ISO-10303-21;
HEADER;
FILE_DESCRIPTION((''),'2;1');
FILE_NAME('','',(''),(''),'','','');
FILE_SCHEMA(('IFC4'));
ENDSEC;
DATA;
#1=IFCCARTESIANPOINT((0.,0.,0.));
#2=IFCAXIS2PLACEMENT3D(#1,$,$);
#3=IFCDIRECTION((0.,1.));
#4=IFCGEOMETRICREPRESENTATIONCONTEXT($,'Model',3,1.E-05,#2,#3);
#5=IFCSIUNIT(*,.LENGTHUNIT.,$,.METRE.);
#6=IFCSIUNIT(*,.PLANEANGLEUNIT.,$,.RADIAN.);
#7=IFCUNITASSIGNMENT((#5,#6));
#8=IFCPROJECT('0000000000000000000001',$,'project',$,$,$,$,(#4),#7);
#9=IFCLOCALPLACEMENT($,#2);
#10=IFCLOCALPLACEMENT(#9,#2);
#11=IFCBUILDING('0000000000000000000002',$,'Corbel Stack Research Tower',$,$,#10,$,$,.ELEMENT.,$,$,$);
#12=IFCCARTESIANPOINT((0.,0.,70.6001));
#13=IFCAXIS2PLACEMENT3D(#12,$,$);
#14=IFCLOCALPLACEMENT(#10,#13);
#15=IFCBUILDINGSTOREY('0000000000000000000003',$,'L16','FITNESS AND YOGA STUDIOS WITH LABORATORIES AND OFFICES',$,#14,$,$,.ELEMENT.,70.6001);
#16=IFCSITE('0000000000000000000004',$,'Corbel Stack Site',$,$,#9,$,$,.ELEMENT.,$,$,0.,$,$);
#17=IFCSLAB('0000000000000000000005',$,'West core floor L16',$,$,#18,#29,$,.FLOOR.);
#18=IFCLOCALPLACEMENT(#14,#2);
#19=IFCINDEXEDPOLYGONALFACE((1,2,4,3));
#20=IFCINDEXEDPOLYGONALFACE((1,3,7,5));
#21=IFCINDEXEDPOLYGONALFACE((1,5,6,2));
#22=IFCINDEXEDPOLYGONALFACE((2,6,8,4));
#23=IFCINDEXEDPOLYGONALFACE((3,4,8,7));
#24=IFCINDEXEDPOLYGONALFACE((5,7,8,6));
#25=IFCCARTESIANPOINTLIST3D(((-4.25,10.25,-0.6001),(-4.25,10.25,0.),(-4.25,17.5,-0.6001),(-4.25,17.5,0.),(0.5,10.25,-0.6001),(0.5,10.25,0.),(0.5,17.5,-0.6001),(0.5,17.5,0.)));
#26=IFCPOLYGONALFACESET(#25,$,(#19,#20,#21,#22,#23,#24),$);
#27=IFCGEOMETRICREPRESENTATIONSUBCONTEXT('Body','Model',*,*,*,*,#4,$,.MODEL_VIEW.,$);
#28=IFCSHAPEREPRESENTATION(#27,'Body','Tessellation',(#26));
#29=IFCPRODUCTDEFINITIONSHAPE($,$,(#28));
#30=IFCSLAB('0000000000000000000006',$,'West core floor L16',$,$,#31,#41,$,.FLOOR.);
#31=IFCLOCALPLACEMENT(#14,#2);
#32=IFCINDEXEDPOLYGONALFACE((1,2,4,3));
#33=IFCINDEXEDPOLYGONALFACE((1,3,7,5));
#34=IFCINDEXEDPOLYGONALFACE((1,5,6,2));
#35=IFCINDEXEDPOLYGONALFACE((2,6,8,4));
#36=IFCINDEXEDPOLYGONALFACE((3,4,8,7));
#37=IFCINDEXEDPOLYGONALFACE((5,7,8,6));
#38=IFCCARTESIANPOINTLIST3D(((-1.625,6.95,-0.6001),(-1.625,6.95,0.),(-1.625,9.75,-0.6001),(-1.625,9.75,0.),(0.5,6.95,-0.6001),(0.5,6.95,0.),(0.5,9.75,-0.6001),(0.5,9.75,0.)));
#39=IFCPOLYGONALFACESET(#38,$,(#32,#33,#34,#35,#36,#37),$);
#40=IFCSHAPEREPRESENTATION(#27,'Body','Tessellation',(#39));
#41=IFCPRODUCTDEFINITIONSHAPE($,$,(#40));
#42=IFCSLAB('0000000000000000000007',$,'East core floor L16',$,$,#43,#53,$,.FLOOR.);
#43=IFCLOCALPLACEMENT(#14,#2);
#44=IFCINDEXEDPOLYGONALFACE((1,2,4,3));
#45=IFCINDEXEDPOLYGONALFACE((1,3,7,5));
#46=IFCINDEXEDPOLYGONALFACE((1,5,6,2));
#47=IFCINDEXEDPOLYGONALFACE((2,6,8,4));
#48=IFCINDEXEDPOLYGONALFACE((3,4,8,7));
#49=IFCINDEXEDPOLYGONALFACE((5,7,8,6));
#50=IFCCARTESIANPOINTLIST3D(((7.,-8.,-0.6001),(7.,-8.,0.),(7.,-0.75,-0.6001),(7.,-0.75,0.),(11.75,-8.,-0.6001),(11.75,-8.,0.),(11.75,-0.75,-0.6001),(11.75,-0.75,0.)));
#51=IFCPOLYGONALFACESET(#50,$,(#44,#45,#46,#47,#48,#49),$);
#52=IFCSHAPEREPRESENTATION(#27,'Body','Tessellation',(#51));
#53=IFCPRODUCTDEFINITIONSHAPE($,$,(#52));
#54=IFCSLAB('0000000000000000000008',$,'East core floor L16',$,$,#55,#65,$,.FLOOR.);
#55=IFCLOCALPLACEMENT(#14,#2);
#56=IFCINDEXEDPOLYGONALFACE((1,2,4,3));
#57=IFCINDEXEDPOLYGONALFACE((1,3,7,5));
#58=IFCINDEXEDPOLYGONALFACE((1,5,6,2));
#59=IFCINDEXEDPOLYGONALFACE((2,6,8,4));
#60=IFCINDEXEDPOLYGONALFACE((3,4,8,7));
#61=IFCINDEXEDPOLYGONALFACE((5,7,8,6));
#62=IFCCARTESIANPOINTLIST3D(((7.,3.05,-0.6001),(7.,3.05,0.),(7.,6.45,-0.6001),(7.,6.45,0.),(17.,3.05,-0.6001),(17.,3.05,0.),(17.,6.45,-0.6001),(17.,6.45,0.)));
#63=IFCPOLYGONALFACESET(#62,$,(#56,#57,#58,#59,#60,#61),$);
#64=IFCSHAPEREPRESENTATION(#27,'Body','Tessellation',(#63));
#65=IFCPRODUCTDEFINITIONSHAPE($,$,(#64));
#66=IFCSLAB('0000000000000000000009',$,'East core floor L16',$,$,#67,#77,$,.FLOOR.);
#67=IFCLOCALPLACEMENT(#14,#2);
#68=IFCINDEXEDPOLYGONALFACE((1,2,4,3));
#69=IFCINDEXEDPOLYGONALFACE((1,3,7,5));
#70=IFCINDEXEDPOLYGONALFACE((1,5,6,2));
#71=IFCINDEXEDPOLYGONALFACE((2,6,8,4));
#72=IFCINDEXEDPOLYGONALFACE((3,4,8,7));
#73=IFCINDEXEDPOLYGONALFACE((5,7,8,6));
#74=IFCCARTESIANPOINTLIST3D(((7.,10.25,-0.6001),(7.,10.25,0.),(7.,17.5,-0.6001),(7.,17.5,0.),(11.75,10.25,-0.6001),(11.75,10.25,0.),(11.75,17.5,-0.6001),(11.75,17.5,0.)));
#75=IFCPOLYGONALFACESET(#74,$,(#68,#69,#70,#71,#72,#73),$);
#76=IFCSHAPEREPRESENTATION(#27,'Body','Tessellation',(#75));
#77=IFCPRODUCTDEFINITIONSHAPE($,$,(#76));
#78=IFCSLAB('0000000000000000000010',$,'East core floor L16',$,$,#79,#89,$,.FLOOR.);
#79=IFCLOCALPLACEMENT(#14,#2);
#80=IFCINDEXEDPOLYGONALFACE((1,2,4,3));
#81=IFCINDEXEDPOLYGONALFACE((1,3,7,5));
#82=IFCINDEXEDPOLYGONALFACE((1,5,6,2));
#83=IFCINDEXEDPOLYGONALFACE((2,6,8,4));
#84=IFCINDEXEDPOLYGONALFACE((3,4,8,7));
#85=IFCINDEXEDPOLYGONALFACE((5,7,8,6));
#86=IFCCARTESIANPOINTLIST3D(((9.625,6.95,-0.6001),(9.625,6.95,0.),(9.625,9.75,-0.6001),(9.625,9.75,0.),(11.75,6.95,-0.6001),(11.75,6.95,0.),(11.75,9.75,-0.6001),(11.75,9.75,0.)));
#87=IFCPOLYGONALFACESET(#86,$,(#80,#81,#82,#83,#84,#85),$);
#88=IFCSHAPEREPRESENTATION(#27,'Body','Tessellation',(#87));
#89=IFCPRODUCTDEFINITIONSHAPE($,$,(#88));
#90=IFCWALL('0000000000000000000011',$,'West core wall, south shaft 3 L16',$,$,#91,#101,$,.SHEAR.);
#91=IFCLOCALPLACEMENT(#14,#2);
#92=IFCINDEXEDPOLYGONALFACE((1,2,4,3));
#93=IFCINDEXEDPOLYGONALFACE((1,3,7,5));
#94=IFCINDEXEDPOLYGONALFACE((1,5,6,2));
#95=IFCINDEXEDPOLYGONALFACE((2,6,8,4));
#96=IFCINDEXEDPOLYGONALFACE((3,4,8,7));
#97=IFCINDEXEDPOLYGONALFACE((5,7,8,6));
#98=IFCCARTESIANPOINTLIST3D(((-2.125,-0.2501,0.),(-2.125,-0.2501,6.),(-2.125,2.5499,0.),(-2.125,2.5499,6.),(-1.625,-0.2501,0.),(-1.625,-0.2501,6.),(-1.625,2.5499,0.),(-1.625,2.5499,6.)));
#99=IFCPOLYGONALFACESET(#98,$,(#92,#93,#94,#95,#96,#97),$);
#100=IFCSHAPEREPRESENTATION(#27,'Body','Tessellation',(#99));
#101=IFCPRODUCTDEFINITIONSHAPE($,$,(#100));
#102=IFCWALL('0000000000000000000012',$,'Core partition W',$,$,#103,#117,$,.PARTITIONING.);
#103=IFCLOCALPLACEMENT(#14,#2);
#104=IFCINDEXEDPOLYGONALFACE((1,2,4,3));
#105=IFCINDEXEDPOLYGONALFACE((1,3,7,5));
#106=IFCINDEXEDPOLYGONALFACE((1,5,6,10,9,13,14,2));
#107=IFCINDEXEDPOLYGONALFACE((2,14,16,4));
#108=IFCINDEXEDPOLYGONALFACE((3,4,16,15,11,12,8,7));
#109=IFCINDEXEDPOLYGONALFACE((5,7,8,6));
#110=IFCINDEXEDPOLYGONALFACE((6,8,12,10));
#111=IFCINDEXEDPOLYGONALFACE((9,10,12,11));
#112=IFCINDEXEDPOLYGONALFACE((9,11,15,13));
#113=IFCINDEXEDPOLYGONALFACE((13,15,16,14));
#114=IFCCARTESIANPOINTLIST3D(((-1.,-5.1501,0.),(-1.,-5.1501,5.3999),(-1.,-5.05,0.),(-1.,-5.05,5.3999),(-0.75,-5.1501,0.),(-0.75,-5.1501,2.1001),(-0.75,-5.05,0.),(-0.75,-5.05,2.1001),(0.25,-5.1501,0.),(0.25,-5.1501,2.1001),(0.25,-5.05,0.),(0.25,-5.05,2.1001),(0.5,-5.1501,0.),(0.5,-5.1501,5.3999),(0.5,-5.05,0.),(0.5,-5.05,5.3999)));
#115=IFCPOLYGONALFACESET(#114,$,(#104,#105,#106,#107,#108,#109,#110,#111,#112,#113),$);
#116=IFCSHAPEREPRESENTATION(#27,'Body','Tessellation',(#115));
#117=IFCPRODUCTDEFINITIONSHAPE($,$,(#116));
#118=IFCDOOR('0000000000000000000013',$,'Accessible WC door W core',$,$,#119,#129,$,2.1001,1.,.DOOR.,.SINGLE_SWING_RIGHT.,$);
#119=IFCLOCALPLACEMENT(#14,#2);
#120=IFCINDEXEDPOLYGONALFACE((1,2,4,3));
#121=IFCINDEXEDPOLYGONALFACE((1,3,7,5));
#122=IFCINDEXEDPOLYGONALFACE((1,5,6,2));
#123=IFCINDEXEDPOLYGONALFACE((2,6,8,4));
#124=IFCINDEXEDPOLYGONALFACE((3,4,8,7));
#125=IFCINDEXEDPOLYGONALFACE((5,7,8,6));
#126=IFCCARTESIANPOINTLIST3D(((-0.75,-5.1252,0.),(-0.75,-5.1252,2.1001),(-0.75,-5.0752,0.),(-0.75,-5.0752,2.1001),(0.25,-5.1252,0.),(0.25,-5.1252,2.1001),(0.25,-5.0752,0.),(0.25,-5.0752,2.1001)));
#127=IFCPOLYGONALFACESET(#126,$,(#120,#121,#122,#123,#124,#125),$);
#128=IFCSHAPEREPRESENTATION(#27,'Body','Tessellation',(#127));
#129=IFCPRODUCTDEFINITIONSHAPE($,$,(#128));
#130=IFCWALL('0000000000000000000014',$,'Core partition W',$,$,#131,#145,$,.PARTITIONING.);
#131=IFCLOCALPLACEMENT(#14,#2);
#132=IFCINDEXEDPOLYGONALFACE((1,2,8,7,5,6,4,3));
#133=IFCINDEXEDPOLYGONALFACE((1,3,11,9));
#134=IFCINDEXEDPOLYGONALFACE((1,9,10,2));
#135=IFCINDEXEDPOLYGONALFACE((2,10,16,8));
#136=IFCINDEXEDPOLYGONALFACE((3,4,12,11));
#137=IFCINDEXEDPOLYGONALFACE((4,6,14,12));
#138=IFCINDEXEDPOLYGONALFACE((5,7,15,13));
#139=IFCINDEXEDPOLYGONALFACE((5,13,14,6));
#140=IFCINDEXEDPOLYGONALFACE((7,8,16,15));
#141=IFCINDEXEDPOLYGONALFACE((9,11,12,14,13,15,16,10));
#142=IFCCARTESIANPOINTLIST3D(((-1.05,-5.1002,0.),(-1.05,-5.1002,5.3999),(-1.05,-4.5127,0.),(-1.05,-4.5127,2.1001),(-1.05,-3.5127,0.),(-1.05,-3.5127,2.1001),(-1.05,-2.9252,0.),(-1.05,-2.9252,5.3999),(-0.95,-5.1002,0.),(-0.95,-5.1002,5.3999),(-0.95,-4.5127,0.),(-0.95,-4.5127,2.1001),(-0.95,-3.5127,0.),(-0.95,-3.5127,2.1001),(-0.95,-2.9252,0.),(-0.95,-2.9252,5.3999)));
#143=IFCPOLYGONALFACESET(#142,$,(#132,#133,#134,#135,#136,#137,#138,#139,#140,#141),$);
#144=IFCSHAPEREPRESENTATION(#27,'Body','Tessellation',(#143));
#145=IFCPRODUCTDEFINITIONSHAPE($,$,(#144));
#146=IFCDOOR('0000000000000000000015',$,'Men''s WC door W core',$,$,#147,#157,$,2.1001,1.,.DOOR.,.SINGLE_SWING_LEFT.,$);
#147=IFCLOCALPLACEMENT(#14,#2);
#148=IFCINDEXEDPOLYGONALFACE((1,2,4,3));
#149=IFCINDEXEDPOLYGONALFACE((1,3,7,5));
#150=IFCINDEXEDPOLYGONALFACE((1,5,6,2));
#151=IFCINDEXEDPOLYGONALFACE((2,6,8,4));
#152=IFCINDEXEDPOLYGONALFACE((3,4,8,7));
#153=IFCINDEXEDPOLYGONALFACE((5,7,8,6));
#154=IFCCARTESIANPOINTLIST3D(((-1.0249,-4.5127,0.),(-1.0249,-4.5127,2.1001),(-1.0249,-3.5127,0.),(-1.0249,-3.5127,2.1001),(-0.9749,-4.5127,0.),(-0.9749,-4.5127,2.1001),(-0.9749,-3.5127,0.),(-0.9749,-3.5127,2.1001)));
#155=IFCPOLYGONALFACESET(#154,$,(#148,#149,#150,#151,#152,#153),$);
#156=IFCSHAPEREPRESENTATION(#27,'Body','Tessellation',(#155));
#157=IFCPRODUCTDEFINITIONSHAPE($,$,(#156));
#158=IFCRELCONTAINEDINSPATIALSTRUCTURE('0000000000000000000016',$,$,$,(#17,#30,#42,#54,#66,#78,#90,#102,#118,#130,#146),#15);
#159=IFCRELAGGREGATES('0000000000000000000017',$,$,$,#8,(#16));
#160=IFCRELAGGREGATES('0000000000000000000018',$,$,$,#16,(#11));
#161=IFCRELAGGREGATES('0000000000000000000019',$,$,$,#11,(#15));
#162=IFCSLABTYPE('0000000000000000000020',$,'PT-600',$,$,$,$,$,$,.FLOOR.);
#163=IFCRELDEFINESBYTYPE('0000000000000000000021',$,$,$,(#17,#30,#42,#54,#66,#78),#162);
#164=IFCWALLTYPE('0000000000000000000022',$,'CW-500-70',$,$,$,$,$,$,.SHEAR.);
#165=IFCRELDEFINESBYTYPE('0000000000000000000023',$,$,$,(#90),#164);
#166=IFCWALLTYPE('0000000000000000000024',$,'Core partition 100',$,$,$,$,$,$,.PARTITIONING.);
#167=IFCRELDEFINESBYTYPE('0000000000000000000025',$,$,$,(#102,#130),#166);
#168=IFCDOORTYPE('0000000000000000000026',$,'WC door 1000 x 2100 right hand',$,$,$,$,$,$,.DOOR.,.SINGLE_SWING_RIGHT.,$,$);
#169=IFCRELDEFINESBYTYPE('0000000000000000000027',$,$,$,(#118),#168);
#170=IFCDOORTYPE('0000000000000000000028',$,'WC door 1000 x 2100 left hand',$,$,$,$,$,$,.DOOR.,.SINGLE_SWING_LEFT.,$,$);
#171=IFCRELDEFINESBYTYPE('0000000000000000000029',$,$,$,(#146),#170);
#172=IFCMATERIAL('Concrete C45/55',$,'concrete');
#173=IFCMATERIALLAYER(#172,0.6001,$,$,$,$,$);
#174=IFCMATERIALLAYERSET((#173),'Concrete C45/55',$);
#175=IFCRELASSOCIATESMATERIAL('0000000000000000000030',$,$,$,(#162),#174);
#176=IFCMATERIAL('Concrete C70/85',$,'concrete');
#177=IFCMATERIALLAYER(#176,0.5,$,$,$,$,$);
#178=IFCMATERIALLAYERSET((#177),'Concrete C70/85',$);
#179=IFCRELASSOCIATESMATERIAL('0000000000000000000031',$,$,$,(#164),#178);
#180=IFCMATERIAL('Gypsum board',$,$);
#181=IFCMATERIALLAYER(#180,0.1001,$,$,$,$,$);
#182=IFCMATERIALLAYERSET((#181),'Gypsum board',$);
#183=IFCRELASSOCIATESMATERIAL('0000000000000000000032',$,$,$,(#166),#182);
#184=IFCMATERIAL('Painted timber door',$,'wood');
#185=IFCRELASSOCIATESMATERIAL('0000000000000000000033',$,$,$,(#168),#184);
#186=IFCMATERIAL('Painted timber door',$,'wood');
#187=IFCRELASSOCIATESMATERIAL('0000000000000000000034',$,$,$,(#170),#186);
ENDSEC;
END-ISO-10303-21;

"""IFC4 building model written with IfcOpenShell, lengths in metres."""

from ifc_helpers import new_model, si_unit, direction, frame, frame_2d, origin, place, context, subcontext, project, spatial, polyline, rectangle, outline, extrude, material, layer, layer_set, type_object, element, fill, save


model = new_model("IFC4")

# Units and contexts
model_context = context("Model", 3, precision=1e-05, world=origin(), true_north=direction((0.0, 1.0)))
body_context = subcontext(model_context, "Body", "Model", "MODEL_VIEW")
ifc_project = project(units=[si_unit("LENGTHUNIT", "METRE"), si_unit("PLANEANGLEUNIT", "RADIAN")], contexts=[model_context])

# Site, building, storey
site_placement = place(None, origin())
site = spatial("IfcSite", under=ifc_project, at=site_placement, Name="Corbel Stack Site", CompositionType="ELEMENT", RefElevation=0.0)
building_placement = place(site_placement, origin())
building = spatial("IfcBuilding", under=site, at=building_placement, Name="Corbel Stack Research Tower", CompositionType="ELEMENT")
storey_placement = place(building_placement, frame((0.0, 0.0, 70.6001)))
storey = spatial("IfcBuildingStorey", under=building, at=storey_placement, Name="L16", Description="FITNESS AND YOGA STUDIOS WITH LABORATORIES AND OFFICES", CompositionType="ELEMENT", Elevation=70.6001)

# Slabs
ifc_material_1 = material(Name="Concrete C45/55", Category="concrete")
ifc_layer_1 = layer(ifc_material_1, 0.6001)
ifc_layer_set_1 = layer_set([ifc_layer_1], Name="Concrete C45/55")
slab_type = type_object("IfcSlabType", Name="PT-600", PredefinedType="FLOOR", material=ifc_layer_set_1)
slab_1_placement = place(storey_placement, frame((0.0, 0.0, -0.6001)))
element("IfcSlab", 1, at=slab_1_placement, inside=storey, type_object=slab_type, Name="West core floor L16", PredefinedType="FLOOR", context=body_context, shape_type="SweptSolid", body=[
    extrude(outline(polyline([(-4.25, 17.5), (-4.25, 10.25), (0.5, 10.25), (0.5, 17.5), (-4.25, 17.5)])), origin(), (0.0, 0.0, 1.0), 0.6001),
])
slab_2_placement = place(storey_placement, frame((0.0, 0.0, -0.6001)))
element("IfcSlab", 2, at=slab_2_placement, inside=storey, type_object=slab_type, Name="West core floor L16", PredefinedType="FLOOR", context=body_context, shape_type="SweptSolid", body=[
    extrude(outline(polyline([(0.5, 6.95), (0.5, 9.75), (-1.625, 9.75), (-1.625, 6.95), (0.5, 6.95)])), origin(), (0.0, 0.0, 1.0), 0.6001),
])
slab_3_placement = place(storey_placement, frame((0.0, 0.0, -0.6001)))
element("IfcSlab", 3, at=slab_3_placement, inside=storey, type_object=slab_type, Name="East core floor L16", PredefinedType="FLOOR", context=body_context, shape_type="SweptSolid", body=[
    extrude(outline(polyline([(7.0, -0.75), (7.0, -8.0), (11.75, -8.0), (11.75, -0.75), (7.0, -0.75)])), origin(), (0.0, 0.0, 1.0), 0.6001),
])
slab_4_placement = place(storey_placement, frame((0.0, 0.0, -0.6001)))
element("IfcSlab", 4, at=slab_4_placement, inside=storey, type_object=slab_type, Name="East core floor L16", PredefinedType="FLOOR", context=body_context, shape_type="SweptSolid", body=[
    extrude(outline(polyline([(7.0, 6.45), (7.0, 3.05), (17.0, 3.05), (17.0, 6.45), (7.0, 6.45)])), origin(), (0.0, 0.0, 1.0), 0.6001),
])
slab_5_placement = place(storey_placement, frame((0.0, 0.0, -0.6001)))
element("IfcSlab", 5, at=slab_5_placement, inside=storey, type_object=slab_type, Name="East core floor L16", PredefinedType="FLOOR", context=body_context, shape_type="SweptSolid", body=[
    extrude(outline(polyline([(7.0, 17.5), (7.0, 10.25), (11.75, 10.25), (11.75, 17.5), (7.0, 17.5)])), origin(), (0.0, 0.0, 1.0), 0.6001),
])
slab_6_placement = place(storey_placement, frame((0.0, 0.0, -0.6001)))
element("IfcSlab", 6, at=slab_6_placement, inside=storey, type_object=slab_type, Name="East core floor L16", PredefinedType="FLOOR", context=body_context, shape_type="SweptSolid", body=[
    extrude(outline(polyline([(9.625, 6.95), (11.75, 6.95), (11.75, 9.75), (9.625, 9.75), (9.625, 6.95)])), origin(), (0.0, 0.0, 1.0), 0.6001),
])

# Wall
ifc_material_2 = material(Name="Concrete C70/85", Category="concrete")
ifc_layer_2 = layer(ifc_material_2, 0.5)
ifc_layer_set_2 = layer_set([ifc_layer_2], Name="Concrete C70/85")
wall_type_1 = type_object("IfcWallType", Name="CW-500-70", PredefinedType="SHEAR", material=ifc_layer_set_2)
wall_1_placement = place(storey_placement, frame((-1.875, -0.25, 0.0), z_axis=(0.0, 0.0, 1.0), x_axis=(0.0, 1.0, 0.0)))
element("IfcWall", 7, at=wall_1_placement, inside=storey, type_object=wall_type_1, Name="West core wall, south shaft 3 L16", PredefinedType="SHEAR", context=body_context, shape_type="SweptSolid", body=[
    extrude(rectangle(XDim=2.8, YDim=0.5, at=frame_2d((1.3999, 0.0))), origin(), (0.0, 0.0, 1.0), 6.0),
])

# Walls, openings, doors
ifc_material_3 = material(Name="Gypsum board")
ifc_layer_3 = layer(ifc_material_3, 0.1001)
ifc_layer_set_3 = layer_set([ifc_layer_3], Name="Gypsum board")
wall_type_2 = type_object("IfcWallType", Name="Core partition 100", PredefinedType="PARTITIONING", material=ifc_layer_set_3)
wall_2_placement = place(storey_placement, frame((-1.0, -5.1001, 0.0), z_axis=(0.0, 0.0, 1.0), x_axis=(1.0, 0.0, 0.0)))
wall_2 = element("IfcWall", 8, at=wall_2_placement, inside=storey, type_object=wall_type_2, Name="Core partition W", PredefinedType="PARTITIONING", context=body_context, shape_type="SweptSolid", body=[
    extrude(rectangle(XDim=1.5, YDim=0.1001, at=frame_2d((0.75, 0.0))), origin(), (0.0, 0.0, 1.0), 5.3999),
])
opening_1_placement = place(wall_2_placement, frame((0.25, 0.0, 0.0)))
opening_1 = element("IfcOpeningElement", 9, at=opening_1_placement, cuts=wall_2, PredefinedType="OPENING", context=body_context, shape_type="SweptSolid", body=[
    extrude(rectangle(XDim=1.0, YDim=2.1001, at=frame_2d((0.5, 1.05))), frame((0.0, 0.0601, 0.0), z_axis=(0.0, -1.0, 0.0), x_axis=(1.0, 0.0, 0.0)), (0.0, 0.0, 1.0), 0.1201),
])
ifc_material_4 = material(Name="Painted timber door", Category="wood")
door_type_1 = type_object("IfcDoorType", Name="WC door 1000 x 2100 right hand", OperationType="SINGLE_SWING_RIGHT", PredefinedType="DOOR", material=ifc_material_4)
door_1_placement = place(opening_1_placement, origin())
door_1 = element("IfcDoor", 10, at=door_1_placement, inside=storey, type_object=door_type_1, Name="Accessible WC door W core", OperationType="SINGLE_SWING_RIGHT", OverallHeight=2.1001, OverallWidth=1.0, PredefinedType="DOOR", context=body_context, shape_type="SweptSolid", body=[
    extrude(rectangle(XDim=1.0, YDim=2.1001, at=frame_2d((0.5, 1.05))), frame((0.0, 0.0249, 0.0), z_axis=(0.0, -1.0, 0.0), x_axis=(1.0, 0.0, 0.0)), (0.0, 0.0, 1.0), 0.05),
])
fill(opening_1, door_1)
wall_3_placement = place(storey_placement, frame((-1.0, -5.1001, 0.0), z_axis=(0.0, 0.0, 1.0), x_axis=(0.0, 1.0, 0.0)))
wall_3 = element("IfcWall", 11, at=wall_3_placement, inside=storey, type_object=wall_type_2, Name="Core partition W", PredefinedType="PARTITIONING", context=body_context, shape_type="SweptSolid", body=[
    extrude(rectangle(XDim=2.175, YDim=0.1001, at=frame_2d((1.0874, 0.0))), origin(), (0.0, 0.0, 1.0), 5.3999),
])
opening_2_placement = place(wall_3_placement, frame((0.5874, 0.0, 0.0)))
opening_2 = element("IfcOpeningElement", 12, at=opening_2_placement, cuts=wall_3, PredefinedType="OPENING", context=body_context, shape_type="SweptSolid", body=[
    extrude(rectangle(XDim=1.0, YDim=2.1001, at=frame_2d((0.5, 1.05))), frame((0.0, 0.0601, 0.0), z_axis=(0.0, -1.0, 0.0), x_axis=(1.0, 0.0, 0.0)), (0.0, 0.0, 1.0), 0.1201),
])
ifc_material_5 = material(Name="Painted timber door", Category="wood")
door_type_2 = type_object("IfcDoorType", Name="WC door 1000 x 2100 left hand", OperationType="SINGLE_SWING_LEFT", PredefinedType="DOOR", material=ifc_material_5)
door_2_placement = place(opening_2_placement, origin())
door_2 = element("IfcDoor", 13, at=door_2_placement, inside=storey, type_object=door_type_2, Name="Men's WC door W core", OperationType="SINGLE_SWING_LEFT", OverallHeight=2.1001, OverallWidth=1.0, PredefinedType="DOOR", context=body_context, shape_type="SweptSolid", body=[
    extrude(rectangle(XDim=1.0, YDim=2.1001, at=frame_2d((0.5, 1.05))), frame((0.0, 0.0249, 0.0), z_axis=(0.0, -1.0, 0.0), x_axis=(1.0, 0.0, 0.0)), (0.0, 0.0, 1.0), 0.05),
])
fill(opening_2, door_2)

save(model, "model.ifc")
